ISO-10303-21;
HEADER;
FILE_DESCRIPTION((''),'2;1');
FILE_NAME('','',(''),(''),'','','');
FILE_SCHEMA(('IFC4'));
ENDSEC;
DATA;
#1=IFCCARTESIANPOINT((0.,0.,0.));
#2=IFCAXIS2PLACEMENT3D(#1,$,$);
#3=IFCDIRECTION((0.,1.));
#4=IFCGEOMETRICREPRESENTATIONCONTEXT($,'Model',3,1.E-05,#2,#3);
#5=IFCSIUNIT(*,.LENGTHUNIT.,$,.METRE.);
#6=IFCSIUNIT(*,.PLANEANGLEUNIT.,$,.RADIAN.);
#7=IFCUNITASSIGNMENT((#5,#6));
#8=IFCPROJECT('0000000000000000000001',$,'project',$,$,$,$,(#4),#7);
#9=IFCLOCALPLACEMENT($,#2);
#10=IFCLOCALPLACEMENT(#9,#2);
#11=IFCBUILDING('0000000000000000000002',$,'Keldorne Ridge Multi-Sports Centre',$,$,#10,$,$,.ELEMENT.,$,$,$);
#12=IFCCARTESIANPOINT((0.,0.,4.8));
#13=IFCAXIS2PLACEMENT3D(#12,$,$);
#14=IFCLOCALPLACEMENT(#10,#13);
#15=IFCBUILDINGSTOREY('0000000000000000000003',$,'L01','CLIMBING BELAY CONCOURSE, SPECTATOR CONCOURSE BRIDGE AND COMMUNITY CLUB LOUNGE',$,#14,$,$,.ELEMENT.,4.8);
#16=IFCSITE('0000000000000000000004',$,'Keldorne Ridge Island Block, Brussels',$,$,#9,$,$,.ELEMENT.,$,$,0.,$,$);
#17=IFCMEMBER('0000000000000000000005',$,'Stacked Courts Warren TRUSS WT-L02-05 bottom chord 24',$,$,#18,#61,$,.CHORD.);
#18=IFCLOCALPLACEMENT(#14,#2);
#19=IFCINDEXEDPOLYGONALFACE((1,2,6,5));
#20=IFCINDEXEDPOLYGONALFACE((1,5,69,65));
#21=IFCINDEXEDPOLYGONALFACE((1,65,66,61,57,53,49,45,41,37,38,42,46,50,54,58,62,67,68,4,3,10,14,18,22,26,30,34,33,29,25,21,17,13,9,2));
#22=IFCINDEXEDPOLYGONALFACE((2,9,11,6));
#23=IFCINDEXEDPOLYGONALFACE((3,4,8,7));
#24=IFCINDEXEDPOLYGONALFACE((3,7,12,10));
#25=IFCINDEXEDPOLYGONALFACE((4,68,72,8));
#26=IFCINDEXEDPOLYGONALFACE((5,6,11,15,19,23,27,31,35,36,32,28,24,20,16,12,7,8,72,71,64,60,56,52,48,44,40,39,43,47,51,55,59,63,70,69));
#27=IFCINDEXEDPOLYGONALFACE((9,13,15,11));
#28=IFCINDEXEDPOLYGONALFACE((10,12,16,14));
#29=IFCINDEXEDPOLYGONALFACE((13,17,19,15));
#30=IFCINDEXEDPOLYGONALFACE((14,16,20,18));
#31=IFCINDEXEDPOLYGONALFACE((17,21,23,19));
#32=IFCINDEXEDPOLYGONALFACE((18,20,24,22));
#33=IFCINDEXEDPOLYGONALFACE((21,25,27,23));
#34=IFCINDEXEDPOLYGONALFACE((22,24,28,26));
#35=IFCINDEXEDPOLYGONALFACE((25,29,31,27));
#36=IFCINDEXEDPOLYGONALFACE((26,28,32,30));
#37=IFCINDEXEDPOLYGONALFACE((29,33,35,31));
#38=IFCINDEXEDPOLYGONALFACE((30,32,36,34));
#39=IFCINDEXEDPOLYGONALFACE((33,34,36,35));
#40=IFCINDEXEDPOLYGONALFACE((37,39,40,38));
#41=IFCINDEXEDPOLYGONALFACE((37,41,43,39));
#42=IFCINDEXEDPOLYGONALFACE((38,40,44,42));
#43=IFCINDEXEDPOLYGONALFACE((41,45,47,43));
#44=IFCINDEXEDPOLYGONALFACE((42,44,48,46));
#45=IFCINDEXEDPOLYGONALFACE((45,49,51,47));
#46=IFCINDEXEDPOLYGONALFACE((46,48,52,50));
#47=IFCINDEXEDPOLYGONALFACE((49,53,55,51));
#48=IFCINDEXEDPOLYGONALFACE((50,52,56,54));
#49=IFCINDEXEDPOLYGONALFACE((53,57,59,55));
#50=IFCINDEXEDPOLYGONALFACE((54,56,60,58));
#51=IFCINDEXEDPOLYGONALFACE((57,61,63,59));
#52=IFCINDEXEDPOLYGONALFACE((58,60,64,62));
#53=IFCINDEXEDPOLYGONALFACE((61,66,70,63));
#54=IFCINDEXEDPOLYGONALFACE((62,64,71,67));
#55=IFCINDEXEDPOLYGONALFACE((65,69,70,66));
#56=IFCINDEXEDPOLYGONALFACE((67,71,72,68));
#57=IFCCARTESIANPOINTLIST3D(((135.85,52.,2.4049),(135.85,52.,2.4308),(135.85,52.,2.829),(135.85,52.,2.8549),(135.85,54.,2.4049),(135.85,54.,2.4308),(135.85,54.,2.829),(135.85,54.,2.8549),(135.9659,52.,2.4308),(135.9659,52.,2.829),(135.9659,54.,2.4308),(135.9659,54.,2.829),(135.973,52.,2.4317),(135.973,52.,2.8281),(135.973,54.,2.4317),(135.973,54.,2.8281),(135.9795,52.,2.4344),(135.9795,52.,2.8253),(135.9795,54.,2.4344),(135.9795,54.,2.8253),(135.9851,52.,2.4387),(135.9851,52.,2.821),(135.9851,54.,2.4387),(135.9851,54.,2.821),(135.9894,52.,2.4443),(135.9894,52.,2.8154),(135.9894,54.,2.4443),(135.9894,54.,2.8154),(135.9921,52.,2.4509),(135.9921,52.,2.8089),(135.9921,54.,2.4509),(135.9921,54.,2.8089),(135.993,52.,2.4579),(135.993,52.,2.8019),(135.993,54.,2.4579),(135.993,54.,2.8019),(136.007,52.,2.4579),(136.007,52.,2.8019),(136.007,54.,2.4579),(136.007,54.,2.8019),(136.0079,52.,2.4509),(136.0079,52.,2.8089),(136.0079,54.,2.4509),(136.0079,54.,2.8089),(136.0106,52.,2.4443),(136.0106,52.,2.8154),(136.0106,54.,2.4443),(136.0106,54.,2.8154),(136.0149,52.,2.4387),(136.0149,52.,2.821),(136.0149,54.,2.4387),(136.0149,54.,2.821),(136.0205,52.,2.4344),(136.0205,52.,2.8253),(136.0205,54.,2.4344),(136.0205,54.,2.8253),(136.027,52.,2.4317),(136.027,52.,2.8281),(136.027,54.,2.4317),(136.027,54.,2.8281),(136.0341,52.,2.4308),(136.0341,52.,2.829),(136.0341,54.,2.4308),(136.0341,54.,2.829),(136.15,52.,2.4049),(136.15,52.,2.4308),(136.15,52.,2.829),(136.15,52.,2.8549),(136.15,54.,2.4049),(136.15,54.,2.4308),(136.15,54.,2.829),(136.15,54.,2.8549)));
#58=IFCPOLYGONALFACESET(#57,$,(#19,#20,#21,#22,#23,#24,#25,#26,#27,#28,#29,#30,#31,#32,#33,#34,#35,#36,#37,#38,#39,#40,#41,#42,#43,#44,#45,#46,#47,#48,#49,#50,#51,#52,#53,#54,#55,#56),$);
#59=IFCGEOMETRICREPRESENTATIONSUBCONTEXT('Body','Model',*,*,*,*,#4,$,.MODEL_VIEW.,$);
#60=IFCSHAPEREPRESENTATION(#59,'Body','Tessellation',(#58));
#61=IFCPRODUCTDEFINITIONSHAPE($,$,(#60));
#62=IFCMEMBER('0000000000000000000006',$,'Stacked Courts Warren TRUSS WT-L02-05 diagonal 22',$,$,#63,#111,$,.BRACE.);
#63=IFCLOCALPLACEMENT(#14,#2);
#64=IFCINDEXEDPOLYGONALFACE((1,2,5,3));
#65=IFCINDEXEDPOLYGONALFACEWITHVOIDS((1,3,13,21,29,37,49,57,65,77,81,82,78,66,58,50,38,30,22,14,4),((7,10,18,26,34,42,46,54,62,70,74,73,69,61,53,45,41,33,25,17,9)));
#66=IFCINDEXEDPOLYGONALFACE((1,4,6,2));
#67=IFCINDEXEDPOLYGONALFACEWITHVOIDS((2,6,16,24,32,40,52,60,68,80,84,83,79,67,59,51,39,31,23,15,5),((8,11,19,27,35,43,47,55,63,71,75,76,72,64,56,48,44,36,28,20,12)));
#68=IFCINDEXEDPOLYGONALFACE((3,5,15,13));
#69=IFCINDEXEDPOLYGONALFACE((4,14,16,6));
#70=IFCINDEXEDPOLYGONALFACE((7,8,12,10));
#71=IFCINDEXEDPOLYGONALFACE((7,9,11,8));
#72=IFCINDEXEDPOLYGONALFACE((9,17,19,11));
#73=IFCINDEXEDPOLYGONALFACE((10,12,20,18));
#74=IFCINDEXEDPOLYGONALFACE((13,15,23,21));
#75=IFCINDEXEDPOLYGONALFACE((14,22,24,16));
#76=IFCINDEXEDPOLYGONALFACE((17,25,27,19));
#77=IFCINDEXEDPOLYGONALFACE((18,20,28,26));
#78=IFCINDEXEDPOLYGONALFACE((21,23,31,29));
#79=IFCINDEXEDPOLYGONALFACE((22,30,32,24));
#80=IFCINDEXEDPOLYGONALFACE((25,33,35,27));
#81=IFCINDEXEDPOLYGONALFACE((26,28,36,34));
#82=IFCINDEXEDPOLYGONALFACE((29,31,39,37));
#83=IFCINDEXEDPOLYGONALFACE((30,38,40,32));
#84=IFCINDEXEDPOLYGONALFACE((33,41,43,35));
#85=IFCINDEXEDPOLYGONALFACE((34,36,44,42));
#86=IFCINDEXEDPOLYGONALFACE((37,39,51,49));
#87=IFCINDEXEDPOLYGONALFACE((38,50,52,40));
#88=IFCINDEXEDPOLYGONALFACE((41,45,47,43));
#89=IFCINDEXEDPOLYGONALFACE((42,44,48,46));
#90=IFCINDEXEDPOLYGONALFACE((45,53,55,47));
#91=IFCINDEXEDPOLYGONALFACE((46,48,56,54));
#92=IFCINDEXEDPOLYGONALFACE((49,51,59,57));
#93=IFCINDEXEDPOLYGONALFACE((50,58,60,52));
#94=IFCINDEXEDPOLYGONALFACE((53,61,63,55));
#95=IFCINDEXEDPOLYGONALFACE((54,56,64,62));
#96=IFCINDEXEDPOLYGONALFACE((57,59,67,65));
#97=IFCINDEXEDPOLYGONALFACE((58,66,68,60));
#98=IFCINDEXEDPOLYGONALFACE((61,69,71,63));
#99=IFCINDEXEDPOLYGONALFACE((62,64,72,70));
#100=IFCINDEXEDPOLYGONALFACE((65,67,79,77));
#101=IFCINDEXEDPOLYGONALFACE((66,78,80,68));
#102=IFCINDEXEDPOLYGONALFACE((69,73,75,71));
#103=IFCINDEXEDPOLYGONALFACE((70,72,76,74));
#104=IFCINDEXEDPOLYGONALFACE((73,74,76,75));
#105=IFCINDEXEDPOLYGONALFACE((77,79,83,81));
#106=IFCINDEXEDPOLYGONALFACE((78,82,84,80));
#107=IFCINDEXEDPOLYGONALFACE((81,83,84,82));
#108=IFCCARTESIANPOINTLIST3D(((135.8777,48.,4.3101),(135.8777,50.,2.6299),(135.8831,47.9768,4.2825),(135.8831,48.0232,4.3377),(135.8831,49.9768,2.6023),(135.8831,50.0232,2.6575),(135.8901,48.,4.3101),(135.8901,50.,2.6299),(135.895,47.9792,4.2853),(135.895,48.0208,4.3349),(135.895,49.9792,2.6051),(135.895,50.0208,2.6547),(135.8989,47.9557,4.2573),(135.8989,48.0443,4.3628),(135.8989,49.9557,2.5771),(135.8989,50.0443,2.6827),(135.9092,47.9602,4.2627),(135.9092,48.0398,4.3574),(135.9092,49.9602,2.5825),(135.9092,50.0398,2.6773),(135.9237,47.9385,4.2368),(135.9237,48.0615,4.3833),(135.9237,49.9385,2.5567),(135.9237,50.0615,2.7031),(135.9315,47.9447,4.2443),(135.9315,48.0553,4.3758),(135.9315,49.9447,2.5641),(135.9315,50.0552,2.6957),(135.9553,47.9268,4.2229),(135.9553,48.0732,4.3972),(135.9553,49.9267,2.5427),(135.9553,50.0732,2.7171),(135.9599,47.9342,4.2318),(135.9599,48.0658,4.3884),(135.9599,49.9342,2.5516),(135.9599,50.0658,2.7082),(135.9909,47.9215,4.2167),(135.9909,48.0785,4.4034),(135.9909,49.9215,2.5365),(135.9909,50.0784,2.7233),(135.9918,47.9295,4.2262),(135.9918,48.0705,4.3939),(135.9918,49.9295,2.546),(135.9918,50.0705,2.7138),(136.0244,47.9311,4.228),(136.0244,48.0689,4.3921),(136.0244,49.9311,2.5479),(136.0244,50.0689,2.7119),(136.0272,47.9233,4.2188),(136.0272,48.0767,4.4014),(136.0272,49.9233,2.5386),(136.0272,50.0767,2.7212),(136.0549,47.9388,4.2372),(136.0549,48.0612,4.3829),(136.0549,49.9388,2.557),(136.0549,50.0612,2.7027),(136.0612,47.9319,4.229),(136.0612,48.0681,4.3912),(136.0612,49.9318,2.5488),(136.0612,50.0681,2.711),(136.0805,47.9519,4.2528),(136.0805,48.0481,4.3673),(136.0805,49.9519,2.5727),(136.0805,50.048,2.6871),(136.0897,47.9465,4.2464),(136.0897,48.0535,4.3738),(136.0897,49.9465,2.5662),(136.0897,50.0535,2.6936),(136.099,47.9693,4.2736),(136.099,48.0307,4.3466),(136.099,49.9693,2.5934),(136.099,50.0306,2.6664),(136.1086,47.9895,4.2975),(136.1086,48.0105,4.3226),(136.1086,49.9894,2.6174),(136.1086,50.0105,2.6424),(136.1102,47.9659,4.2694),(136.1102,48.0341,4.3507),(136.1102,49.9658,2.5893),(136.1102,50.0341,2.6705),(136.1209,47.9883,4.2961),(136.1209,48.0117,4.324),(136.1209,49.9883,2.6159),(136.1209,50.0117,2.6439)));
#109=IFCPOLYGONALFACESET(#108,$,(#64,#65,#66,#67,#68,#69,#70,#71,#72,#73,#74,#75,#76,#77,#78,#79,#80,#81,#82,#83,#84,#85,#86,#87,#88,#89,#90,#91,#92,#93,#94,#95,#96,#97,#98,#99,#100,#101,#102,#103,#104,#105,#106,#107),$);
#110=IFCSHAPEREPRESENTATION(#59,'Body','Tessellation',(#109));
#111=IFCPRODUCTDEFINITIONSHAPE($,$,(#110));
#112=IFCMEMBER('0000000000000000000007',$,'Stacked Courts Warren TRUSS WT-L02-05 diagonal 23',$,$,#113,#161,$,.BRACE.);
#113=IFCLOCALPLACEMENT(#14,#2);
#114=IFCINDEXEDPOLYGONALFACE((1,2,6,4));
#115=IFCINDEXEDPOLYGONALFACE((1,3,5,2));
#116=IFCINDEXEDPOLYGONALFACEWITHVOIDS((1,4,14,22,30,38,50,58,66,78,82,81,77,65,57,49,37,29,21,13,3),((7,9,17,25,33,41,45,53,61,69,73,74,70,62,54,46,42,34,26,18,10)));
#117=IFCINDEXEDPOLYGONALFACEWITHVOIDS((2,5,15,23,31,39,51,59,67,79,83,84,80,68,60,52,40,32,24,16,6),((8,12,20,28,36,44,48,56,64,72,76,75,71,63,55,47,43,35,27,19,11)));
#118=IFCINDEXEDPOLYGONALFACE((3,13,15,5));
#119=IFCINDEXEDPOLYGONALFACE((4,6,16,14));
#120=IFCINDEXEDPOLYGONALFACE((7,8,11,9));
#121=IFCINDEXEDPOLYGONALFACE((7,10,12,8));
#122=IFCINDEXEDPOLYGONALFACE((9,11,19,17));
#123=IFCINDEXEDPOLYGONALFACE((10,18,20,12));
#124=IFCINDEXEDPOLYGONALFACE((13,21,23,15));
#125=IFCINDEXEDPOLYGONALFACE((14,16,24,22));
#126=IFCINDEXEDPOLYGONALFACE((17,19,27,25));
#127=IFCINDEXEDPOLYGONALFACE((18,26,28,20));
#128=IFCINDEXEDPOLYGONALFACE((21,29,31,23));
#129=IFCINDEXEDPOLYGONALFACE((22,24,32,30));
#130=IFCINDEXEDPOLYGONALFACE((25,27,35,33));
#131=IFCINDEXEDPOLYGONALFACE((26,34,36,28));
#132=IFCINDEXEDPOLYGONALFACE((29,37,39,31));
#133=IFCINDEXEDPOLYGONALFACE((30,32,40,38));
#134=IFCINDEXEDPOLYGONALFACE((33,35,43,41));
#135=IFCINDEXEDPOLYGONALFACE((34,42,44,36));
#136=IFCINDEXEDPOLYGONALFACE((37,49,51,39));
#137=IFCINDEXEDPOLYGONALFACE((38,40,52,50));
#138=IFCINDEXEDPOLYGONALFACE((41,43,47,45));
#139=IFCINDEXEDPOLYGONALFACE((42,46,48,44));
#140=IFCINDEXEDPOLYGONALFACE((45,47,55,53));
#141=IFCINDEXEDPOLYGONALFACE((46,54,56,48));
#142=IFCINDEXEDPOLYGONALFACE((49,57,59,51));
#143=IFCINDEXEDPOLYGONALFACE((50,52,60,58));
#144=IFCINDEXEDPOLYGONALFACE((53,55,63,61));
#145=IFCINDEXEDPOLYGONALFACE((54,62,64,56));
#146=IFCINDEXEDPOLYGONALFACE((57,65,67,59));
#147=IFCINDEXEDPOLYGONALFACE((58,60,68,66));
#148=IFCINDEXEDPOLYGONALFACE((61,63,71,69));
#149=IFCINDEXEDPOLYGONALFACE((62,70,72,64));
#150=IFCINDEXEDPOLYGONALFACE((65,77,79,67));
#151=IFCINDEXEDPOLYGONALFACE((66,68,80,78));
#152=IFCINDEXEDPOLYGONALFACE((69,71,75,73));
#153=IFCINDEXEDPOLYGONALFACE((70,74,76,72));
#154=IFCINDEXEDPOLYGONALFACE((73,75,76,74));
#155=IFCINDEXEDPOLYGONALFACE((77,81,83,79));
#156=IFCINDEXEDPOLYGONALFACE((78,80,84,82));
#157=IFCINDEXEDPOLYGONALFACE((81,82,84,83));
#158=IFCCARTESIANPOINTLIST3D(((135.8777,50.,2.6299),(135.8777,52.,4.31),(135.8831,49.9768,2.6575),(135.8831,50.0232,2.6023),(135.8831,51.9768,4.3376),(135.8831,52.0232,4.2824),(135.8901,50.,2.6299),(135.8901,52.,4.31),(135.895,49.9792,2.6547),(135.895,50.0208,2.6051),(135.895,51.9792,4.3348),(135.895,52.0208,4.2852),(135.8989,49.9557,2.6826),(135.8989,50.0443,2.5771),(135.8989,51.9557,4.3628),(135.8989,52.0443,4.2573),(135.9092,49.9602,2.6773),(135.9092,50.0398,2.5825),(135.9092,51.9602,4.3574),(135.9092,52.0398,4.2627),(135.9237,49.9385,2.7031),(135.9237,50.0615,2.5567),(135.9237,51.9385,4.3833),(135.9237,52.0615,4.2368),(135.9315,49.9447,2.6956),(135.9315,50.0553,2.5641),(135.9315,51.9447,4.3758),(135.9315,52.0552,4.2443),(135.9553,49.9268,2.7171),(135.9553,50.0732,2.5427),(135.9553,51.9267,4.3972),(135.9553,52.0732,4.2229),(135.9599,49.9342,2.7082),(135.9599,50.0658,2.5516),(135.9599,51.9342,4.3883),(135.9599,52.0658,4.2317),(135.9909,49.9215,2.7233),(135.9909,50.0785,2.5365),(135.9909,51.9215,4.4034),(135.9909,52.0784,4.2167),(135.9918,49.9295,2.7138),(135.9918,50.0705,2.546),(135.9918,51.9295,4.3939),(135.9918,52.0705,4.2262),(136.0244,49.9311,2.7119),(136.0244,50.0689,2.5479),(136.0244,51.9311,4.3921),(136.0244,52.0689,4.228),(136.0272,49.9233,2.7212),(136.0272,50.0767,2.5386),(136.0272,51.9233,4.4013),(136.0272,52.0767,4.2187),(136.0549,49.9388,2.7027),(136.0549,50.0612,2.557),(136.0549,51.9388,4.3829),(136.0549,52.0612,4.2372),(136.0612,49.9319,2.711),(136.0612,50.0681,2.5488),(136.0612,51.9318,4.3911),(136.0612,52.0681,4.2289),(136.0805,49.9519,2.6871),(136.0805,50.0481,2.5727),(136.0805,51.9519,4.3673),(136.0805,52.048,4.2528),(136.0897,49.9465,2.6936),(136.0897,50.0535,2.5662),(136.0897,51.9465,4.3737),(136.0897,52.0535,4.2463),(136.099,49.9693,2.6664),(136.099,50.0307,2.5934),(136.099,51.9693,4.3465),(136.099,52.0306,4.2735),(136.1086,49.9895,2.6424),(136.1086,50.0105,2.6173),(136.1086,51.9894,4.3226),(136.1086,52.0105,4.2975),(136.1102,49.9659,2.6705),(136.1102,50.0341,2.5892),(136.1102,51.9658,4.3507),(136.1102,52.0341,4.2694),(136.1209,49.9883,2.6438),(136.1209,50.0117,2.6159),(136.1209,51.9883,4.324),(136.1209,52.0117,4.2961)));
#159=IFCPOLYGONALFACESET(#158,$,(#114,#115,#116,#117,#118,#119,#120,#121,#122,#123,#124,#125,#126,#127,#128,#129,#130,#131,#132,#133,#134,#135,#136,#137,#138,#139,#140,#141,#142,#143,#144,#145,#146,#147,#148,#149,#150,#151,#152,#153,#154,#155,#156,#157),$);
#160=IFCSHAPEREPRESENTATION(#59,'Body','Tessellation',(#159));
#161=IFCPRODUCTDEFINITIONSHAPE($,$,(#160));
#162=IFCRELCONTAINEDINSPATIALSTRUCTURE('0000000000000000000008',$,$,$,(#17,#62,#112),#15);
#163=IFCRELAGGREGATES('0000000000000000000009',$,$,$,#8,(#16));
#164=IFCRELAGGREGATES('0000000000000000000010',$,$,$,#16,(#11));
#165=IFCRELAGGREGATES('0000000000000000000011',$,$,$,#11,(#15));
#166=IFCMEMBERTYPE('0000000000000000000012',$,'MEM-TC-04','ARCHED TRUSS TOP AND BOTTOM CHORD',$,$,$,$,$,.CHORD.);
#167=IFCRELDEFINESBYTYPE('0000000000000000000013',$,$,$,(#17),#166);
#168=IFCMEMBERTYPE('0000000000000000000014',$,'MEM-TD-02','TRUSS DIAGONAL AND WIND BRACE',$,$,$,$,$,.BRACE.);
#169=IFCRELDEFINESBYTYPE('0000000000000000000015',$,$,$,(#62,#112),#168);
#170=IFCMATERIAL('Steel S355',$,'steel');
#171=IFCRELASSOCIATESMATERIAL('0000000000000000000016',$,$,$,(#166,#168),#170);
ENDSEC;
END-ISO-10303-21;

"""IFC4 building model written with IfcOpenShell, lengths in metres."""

from ifc_helpers import new_model, si_unit, direction, frame, origin, origin_2d, place, context, subcontext, project, spatial, hollow_circle, i_section, extrude, material, material_profile, profile_set, type_object, element, save


model = new_model("IFC4")

# Units and contexts
model_context = context("Model", 3, precision=1e-05, world=origin(), true_north=direction((0.0, 1.0)))
body_context = subcontext(model_context, "Body", "Model", "MODEL_VIEW")
ifc_project = project(units=[si_unit("LENGTHUNIT", "METRE"), si_unit("PLANEANGLEUNIT", "RADIAN")], contexts=[model_context])

# Site, building, storey
site_placement = place(None, origin())
site = spatial("IfcSite", under=ifc_project, at=site_placement, Name="Keldorne Ridge Island Block, Brussels", CompositionType="ELEMENT", RefElevation=0.0)
building_placement = place(site_placement, origin())
building = spatial("IfcBuilding", under=site, at=building_placement, Name="Keldorne Ridge Multi-Sports Centre", CompositionType="ELEMENT")
storey_placement = place(building_placement, frame((0.0, 0.0, 4.8)))
storey = spatial("IfcBuildingStorey", under=building, at=storey_placement, Name="L01", Description="CLIMBING BELAY CONCOURSE, SPECTATOR CONCOURSE BRIDGE AND COMMUNITY CLUB LOUNGE", CompositionType="ELEMENT", Elevation=4.8)

# Shared definitions
ifc_material_1 = material(Name="Steel S355", Category="steel")

# Members
ifc_material_profile_1 = material_profile(ifc_material_1, i_section(OverallWidth=0.3, OverallDepth=0.45, WebThickness=0.0139, FlangeThickness=0.0259, FilletRadius=0.0271, at=origin_2d()), Name="HEB 450")
ifc_profile_set_1 = profile_set([ifc_material_profile_1], Name="Steel S355")
member_type_1 = type_object("IfcMemberType", Name="MEM-TC-04", Description="ARCHED TRUSS TOP AND BOTTOM CHORD", PredefinedType="CHORD", material=ifc_profile_set_1)
for number, where, z_axis, x_axis, name in (
    (1, (136.0, 52.0, 2.6299), (0.0, 1.0, 0.0), (-1.0, 0.0, 0.0), "Stacked Courts Warren TRUSS WT-L02-05 bottom chord 24"),
):
    element("IfcMember", number, at=place(storey_placement, frame(where, z_axis=z_axis, x_axis=x_axis)), inside=storey, type_object=member_type_1, Name=name, PredefinedType="CHORD", context=body_context, shape_type="SweptSolid", body=[
        extrude(i_section(OverallWidth=0.3, OverallDepth=0.45, WebThickness=0.0139, FlangeThickness=0.0259, FilletRadius=0.0271, at=origin_2d()), origin(), (0.0, 0.0, 1.0), 2.0),
    ])
ifc_material_profile_2 = material_profile(ifc_material_1, hollow_circle(Radius=0.1223, WallThickness=0.0125, at=origin_2d()), Name="CHS 244.5x12.5")
ifc_profile_set_2 = profile_set([ifc_material_profile_2], Name="Steel S355")
member_type_2 = type_object("IfcMemberType", Name="MEM-TD-02", Description="TRUSS DIAGONAL AND WIND BRACE", PredefinedType="BRACE", material=ifc_profile_set_2)
for number, where, z_axis, x_axis, name in (
    (2, (136.0, 48.0, 4.3101), (0.0, 0.765672, -0.643232), (-1.0, 0.0, 0.0), "Stacked Courts Warren TRUSS WT-L02-05 diagonal 22"),
    (3, (136.0, 50.0, 2.6299), (0.0, 0.765672, 0.643232), (-1.0, 0.0, 0.0), "Stacked Courts Warren TRUSS WT-L02-05 diagonal 23"),
):
    element("IfcMember", number, at=place(storey_placement, frame(where, z_axis=z_axis, x_axis=x_axis)), inside=storey, type_object=member_type_2, Name=name, PredefinedType="BRACE", context=body_context, shape_type="SweptSolid", body=[
        extrude(hollow_circle(Radius=0.1223, WallThickness=0.0125, at=origin_2d()), origin(), (0.0, 0.0, 1.0), 2.6121),
    ])

save(model, "model.ifc")
